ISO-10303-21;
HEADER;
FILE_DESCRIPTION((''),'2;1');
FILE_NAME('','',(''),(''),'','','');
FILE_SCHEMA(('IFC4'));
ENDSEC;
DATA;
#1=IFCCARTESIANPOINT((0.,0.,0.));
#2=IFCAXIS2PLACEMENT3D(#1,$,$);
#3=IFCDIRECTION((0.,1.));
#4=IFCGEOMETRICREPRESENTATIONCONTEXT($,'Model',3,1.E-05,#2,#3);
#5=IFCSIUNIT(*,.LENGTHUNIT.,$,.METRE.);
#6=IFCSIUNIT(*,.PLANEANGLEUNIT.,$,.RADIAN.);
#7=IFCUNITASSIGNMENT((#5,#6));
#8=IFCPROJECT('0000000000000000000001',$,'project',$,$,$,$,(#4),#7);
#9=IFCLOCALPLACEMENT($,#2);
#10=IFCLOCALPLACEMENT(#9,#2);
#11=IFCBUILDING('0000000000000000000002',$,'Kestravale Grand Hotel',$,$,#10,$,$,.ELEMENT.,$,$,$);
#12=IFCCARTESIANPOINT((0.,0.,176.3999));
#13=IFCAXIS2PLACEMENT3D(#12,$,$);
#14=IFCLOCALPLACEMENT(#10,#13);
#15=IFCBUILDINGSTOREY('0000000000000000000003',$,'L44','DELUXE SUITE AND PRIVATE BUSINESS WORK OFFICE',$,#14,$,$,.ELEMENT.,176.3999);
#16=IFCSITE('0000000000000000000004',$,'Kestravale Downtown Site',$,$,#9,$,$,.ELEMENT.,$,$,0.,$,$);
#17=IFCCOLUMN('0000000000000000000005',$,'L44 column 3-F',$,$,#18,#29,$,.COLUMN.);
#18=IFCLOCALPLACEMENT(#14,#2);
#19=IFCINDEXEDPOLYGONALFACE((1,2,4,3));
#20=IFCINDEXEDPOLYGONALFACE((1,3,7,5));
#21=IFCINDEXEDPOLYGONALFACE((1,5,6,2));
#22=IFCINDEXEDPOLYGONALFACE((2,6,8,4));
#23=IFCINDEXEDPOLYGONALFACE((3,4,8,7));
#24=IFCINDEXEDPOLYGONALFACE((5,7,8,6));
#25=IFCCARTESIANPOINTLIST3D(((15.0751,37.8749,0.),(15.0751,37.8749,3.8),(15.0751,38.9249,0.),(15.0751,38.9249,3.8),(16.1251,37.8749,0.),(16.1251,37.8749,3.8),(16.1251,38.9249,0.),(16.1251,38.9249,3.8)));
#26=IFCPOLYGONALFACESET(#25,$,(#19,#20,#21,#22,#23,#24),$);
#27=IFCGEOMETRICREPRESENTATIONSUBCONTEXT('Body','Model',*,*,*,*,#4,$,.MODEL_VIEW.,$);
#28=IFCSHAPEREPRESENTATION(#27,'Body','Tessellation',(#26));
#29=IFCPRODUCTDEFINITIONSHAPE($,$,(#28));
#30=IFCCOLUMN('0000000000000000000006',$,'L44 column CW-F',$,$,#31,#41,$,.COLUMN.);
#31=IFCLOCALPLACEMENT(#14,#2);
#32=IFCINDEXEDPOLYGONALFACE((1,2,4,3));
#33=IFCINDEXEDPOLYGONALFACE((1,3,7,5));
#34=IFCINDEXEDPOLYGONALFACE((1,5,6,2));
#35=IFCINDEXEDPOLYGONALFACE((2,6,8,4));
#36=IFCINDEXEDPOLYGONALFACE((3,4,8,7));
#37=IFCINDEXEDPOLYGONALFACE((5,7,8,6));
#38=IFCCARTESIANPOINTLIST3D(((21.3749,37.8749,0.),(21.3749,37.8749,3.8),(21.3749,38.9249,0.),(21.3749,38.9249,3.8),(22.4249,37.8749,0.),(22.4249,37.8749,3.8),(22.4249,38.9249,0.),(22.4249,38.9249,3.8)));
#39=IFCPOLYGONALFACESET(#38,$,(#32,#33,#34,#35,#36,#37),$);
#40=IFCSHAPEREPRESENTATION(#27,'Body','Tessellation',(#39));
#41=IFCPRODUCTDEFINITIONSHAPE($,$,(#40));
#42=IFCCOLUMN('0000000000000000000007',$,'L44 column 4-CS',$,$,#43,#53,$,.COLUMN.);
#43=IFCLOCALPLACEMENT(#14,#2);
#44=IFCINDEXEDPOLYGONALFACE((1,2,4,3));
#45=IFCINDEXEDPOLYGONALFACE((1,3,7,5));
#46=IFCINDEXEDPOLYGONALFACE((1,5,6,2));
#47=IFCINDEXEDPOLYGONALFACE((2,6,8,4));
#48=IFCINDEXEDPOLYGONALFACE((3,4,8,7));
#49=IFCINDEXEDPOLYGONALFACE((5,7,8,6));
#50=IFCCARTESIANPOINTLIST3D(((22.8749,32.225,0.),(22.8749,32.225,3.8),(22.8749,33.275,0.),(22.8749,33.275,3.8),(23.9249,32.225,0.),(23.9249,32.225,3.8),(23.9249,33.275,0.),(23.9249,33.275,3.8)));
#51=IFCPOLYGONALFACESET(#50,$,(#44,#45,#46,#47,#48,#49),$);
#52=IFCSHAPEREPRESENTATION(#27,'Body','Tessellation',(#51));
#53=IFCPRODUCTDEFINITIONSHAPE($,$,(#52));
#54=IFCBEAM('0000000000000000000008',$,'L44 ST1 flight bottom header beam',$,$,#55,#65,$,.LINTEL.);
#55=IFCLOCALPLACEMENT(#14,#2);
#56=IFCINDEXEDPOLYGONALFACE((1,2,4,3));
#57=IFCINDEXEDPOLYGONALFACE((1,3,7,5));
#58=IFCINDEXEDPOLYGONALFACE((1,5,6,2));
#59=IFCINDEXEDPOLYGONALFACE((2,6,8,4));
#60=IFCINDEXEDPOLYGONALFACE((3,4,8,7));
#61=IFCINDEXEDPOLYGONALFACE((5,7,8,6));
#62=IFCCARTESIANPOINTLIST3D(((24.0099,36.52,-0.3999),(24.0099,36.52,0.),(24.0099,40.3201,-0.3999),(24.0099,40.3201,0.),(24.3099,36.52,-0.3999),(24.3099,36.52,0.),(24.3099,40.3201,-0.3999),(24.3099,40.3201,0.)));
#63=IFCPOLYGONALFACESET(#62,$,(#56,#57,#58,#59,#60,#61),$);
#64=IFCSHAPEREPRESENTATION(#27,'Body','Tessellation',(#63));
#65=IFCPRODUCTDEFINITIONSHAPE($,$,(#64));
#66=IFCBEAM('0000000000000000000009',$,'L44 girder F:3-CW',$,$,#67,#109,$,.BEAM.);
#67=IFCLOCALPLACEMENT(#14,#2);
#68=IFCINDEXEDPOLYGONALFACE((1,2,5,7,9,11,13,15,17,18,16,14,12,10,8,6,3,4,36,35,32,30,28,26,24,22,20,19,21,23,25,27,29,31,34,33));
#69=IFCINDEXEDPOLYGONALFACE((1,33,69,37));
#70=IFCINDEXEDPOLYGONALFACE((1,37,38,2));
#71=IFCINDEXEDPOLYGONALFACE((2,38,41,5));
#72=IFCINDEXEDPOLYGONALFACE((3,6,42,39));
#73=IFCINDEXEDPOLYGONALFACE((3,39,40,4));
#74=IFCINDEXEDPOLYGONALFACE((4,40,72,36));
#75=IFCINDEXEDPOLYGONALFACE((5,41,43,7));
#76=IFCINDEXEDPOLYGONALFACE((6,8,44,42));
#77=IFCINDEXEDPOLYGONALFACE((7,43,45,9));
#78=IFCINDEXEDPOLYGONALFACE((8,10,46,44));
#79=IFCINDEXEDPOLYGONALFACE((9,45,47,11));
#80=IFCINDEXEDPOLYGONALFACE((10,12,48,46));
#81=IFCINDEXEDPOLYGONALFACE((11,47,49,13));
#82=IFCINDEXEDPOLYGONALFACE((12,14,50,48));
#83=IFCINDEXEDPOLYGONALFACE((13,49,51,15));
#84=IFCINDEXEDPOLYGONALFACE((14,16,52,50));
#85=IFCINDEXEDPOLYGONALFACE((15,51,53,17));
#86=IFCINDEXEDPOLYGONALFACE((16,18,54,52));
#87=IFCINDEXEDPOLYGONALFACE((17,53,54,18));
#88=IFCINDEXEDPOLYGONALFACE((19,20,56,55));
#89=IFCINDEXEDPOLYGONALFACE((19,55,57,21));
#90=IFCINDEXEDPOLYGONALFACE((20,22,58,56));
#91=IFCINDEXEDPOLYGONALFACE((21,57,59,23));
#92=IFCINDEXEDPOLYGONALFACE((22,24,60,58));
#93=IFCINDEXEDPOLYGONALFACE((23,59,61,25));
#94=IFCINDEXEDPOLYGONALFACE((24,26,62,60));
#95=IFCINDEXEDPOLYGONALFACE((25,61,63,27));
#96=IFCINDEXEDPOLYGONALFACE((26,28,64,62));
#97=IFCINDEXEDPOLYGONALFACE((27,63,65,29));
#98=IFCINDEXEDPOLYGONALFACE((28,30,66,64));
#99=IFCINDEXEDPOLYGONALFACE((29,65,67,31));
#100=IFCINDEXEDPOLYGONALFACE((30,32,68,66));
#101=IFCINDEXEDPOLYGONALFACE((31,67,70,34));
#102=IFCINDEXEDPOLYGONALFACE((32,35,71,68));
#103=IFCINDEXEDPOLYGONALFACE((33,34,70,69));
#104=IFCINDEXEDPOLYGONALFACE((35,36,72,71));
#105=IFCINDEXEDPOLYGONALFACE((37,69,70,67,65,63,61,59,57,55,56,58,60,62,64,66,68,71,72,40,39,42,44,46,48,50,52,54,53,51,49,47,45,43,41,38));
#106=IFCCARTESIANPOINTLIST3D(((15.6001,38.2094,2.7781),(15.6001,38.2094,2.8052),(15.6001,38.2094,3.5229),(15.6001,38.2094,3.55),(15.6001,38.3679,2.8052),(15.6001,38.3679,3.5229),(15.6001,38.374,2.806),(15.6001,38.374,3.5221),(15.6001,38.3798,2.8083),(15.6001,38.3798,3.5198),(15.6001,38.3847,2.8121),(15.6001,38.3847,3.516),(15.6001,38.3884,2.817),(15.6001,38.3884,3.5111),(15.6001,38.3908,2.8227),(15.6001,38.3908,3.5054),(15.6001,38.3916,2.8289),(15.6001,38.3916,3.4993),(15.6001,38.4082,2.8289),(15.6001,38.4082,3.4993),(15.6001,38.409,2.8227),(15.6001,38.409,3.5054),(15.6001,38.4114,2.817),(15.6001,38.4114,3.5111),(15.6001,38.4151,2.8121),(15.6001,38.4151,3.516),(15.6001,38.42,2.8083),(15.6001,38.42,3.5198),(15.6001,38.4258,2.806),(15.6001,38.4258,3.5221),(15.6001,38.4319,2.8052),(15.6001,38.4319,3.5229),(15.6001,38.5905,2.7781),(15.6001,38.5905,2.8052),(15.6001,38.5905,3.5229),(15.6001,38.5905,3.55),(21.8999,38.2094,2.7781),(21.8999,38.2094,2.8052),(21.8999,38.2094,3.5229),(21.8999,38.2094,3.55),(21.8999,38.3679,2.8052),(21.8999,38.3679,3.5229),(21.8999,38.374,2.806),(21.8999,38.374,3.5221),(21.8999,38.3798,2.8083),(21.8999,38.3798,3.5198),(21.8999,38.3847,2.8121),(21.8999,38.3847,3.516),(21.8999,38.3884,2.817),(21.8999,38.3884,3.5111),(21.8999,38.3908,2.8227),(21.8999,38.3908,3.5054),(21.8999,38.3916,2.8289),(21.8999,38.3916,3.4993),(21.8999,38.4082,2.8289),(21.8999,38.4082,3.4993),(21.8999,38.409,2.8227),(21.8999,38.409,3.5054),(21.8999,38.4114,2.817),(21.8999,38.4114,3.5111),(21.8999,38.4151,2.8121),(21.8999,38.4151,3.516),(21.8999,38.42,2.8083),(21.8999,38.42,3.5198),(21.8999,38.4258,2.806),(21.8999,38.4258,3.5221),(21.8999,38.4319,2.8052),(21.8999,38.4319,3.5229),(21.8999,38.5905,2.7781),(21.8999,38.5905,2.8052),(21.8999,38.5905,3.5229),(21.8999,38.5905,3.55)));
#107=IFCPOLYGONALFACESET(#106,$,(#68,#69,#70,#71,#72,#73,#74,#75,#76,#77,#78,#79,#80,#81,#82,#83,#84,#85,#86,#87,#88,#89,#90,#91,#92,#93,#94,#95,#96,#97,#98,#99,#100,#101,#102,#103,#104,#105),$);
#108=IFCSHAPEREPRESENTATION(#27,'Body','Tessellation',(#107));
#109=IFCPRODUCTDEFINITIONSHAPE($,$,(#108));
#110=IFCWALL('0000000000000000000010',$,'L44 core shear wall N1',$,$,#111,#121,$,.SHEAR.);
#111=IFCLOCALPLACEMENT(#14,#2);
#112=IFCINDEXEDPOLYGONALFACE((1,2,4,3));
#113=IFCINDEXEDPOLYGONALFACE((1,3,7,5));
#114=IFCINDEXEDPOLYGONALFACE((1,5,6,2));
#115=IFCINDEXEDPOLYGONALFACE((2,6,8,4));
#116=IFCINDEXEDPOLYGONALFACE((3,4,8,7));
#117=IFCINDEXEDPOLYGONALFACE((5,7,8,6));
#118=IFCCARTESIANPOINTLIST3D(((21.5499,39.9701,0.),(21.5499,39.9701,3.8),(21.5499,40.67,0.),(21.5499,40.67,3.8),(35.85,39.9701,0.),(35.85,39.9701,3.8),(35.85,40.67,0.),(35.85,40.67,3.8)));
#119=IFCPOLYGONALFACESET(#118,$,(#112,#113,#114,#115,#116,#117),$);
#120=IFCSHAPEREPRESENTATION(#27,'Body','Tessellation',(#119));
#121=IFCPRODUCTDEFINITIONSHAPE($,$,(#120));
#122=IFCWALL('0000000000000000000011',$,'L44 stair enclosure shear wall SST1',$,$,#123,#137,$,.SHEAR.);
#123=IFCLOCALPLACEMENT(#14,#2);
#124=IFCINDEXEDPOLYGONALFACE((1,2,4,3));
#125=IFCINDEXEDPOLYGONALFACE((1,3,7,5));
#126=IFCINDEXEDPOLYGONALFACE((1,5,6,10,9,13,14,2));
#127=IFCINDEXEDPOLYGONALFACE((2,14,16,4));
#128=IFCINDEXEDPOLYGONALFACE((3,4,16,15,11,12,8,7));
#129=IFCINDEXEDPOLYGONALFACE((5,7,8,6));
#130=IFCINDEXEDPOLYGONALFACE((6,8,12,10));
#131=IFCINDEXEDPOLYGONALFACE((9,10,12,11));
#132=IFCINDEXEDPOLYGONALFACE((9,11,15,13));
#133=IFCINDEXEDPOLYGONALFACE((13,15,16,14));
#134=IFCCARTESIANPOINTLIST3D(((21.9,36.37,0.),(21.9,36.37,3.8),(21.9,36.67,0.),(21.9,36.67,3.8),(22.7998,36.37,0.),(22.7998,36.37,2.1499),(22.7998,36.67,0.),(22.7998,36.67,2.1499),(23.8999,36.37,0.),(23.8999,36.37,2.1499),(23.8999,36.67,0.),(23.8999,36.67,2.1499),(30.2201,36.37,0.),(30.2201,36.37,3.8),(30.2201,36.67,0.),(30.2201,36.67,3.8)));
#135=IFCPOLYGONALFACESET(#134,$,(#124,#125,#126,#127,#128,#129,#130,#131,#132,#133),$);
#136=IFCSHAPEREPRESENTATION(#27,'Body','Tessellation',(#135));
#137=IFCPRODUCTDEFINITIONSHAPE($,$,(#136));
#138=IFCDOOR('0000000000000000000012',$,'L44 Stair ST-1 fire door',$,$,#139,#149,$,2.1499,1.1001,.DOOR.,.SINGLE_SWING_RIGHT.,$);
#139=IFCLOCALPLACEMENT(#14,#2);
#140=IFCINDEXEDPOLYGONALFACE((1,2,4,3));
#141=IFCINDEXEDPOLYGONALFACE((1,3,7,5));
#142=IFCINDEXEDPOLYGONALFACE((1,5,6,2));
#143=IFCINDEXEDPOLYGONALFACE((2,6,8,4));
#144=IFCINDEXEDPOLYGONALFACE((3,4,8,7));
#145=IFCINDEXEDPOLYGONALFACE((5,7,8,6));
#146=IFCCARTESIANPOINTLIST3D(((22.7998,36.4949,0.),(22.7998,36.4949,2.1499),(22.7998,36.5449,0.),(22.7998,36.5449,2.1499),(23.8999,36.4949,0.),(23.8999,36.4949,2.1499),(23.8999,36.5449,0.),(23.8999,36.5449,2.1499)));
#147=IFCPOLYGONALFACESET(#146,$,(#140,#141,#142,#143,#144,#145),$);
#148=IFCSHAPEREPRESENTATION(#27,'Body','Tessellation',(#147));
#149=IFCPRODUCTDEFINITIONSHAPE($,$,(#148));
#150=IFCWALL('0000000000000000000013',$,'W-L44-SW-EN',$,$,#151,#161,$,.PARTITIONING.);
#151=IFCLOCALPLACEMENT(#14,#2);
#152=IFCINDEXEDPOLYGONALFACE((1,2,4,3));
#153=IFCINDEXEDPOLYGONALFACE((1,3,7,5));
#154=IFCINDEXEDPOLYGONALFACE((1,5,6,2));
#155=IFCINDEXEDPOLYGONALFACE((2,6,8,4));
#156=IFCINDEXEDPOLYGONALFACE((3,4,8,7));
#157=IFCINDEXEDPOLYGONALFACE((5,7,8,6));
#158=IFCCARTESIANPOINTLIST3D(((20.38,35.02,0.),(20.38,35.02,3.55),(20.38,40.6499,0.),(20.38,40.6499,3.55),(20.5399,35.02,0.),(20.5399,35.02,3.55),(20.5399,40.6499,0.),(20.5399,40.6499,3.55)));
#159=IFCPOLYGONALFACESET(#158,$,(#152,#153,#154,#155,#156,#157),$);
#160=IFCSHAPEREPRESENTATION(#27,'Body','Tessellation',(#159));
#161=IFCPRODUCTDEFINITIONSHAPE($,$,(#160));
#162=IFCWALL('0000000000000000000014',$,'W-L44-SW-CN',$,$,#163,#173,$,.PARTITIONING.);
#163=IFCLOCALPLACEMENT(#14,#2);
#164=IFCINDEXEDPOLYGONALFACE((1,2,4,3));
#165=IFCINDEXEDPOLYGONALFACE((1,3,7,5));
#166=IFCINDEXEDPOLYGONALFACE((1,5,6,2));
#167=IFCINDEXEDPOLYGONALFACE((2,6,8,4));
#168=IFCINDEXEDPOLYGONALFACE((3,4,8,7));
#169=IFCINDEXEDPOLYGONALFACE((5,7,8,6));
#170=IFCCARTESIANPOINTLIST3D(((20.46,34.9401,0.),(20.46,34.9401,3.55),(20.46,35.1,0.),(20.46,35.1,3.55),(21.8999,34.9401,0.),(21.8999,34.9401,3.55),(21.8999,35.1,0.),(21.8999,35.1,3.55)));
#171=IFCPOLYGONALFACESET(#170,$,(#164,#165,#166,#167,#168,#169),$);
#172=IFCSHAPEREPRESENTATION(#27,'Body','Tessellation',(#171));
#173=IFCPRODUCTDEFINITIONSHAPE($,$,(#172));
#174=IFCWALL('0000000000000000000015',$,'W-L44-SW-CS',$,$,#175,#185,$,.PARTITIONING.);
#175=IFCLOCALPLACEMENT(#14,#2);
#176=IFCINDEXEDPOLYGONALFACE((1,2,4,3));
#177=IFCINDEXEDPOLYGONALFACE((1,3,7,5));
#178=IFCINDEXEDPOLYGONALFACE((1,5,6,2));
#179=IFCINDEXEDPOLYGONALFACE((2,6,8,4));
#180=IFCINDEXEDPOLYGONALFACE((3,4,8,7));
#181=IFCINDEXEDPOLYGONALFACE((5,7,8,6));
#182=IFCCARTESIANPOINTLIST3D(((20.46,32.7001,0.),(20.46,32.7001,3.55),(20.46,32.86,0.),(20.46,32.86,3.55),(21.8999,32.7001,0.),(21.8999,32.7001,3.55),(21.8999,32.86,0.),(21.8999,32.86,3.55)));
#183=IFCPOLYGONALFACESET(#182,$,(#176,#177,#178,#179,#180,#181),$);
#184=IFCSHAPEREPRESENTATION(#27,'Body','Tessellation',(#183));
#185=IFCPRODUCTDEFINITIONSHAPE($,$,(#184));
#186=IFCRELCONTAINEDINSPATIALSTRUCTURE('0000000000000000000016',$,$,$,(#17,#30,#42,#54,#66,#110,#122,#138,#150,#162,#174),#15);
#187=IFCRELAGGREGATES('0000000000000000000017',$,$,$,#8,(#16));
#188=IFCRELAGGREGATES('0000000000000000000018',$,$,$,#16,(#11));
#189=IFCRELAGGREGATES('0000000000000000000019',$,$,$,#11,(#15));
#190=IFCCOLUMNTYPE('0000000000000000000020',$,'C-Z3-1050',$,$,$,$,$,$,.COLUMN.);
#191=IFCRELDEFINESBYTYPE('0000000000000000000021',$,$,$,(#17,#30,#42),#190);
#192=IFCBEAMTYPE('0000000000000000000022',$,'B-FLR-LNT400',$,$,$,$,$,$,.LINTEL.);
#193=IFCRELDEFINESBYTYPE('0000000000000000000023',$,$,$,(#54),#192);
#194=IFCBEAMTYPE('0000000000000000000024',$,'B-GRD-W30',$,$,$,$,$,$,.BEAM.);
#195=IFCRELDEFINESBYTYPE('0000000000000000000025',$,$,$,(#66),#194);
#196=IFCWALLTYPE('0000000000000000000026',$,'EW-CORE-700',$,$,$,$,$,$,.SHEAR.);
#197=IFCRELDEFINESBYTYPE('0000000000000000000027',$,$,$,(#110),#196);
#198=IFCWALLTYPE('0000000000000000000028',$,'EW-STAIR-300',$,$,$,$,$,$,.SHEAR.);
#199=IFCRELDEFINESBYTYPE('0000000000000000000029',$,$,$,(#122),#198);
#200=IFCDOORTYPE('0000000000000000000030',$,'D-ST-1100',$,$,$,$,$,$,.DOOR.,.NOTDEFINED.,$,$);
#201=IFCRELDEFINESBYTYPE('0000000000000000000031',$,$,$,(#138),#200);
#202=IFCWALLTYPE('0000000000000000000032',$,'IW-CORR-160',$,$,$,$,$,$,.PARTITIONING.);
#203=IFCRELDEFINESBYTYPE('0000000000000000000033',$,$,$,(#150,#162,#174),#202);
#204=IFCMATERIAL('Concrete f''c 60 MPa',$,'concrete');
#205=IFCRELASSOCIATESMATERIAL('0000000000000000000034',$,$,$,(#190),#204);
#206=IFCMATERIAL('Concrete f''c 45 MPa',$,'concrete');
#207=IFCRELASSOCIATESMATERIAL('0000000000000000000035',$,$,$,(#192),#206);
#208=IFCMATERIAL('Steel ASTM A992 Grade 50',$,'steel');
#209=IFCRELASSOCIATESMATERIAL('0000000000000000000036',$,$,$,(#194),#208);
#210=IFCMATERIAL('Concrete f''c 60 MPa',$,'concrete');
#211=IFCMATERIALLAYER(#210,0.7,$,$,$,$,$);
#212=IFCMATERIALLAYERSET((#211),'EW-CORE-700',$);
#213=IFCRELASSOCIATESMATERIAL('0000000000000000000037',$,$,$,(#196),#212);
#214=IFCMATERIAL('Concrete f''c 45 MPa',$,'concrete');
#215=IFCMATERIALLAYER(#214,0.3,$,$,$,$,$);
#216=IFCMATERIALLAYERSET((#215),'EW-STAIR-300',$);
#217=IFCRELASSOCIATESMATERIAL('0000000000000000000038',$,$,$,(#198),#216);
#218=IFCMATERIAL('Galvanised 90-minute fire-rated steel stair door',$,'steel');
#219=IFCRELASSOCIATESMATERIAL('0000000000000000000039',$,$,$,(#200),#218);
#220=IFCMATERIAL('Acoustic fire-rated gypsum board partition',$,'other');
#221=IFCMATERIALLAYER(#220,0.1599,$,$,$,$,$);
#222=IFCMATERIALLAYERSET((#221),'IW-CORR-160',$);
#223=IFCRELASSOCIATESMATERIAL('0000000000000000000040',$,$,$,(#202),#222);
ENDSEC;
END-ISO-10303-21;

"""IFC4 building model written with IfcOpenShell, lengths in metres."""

from ifc_helpers import new_model, si_unit, direction, frame, frame_2d, origin, origin_2d, place, context, subcontext, project, spatial, rectangle, i_section, extrude, material, layer, layer_set, material_profile, profile_set, type_object, element, fill, save


model = new_model("IFC4")

# Units and contexts
model_context = context("Model", 3, precision=1e-05, world=origin(), true_north=direction((0.0, 1.0)))
body_context = subcontext(model_context, "Body", "Model", "MODEL_VIEW")
ifc_project = project(units=[si_unit("LENGTHUNIT", "METRE"), si_unit("PLANEANGLEUNIT", "RADIAN")], contexts=[model_context])

# Site, building, storey
site_placement = place(None, origin())
site = spatial("IfcSite", under=ifc_project, at=site_placement, Name="Kestravale Downtown Site", CompositionType="ELEMENT", RefElevation=0.0)
building_placement = place(site_placement, origin())
building = spatial("IfcBuilding", under=site, at=building_placement, Name="Kestravale Grand Hotel", CompositionType="ELEMENT")
storey_placement = place(building_placement, frame((0.0, 0.0, 176.3999)))
storey = spatial("IfcBuildingStorey", under=building, at=storey_placement, Name="L44", Description="DELUXE SUITE AND PRIVATE BUSINESS WORK OFFICE", CompositionType="ELEMENT", Elevation=176.3999)

# Columns
ifc_material_1 = material(Name="Concrete f'c 60 MPa", Category="concrete")
ifc_material_profile_1 = material_profile(ifc_material_1, rectangle(XDim=1.05, YDim=1.05, at=origin_2d()))
ifc_profile_set_1 = profile_set([ifc_material_profile_1], Name="Concrete f'c 60 MPa")
column_type = type_object("IfcColumnType", Name="C-Z3-1050", PredefinedType="COLUMN", material=ifc_profile_set_1)
for number, where, z_axis, x_axis, name in (
    (1, (15.6001, 38.3999, 0.0), (0.0, 0.0, 1.0), (1.0, 0.0, 0.0), "L44 column 3-F"),
    (2, (21.8999, 38.3999, 0.0), (0.0, 0.0, 1.0), (1.0, 0.0, 0.0), "L44 column CW-F"),
    (3, (23.3999, 32.75, 0.0), (0.0, 0.0, 1.0), (1.0, 0.0, 0.0), "L44 column 4-CS"),
):
    element("IfcColumn", number, at=place(storey_placement, frame(where, z_axis=z_axis, x_axis=x_axis)), inside=storey, type_object=column_type, Name=name, PredefinedType="COLUMN", context=body_context, shape_type="SweptSolid", body=[
        extrude(rectangle(XDim=1.05, YDim=1.05, at=origin_2d()), origin(), (0.0, 0.0, 1.0), 3.8),
    ])

# Beams
ifc_material_2 = material(Name="Concrete f'c 45 MPa", Category="concrete")
ifc_material_profile_2 = material_profile(ifc_material_2, rectangle(XDim=0.3, YDim=0.3999, at=origin_2d()))
ifc_profile_set_2 = profile_set([ifc_material_profile_2], Name="Concrete f'c 45 MPa")
beam_type_1 = type_object("IfcBeamType", Name="B-FLR-LNT400", PredefinedType="LINTEL", material=ifc_profile_set_2)
beam_1_placement = place(storey_placement, frame((24.1599, 36.52, -0.2), z_axis=(0.0, 1.0, 0.0), x_axis=(-1.0, 0.0, 0.0)))
element("IfcBeam", 4, at=beam_1_placement, inside=storey, type_object=beam_type_1, Name="L44 ST1 flight bottom header beam", PredefinedType="LINTEL", context=body_context, shape_type="SweptSolid", body=[
    extrude(rectangle(XDim=0.3, YDim=0.3999, at=origin_2d()), origin(), (0.0, 0.0, 1.0), 3.8),
])
ifc_material_3 = material(Name="Steel ASTM A992 Grade 50", Category="steel")
ifc_material_profile_3 = material_profile(ifc_material_3, i_section(OverallWidth=0.3811, OverallDepth=0.772, WebThickness=0.0166, FlangeThickness=0.0271, FilletRadius=0.0237, at=origin_2d()))
ifc_profile_set_3 = profile_set([ifc_material_profile_3], Name="Steel ASTM A992 Grade 50")
beam_type_2 = type_object("IfcBeamType", Name="B-GRD-W30", PredefinedType="BEAM", material=ifc_profile_set_3)
beam_2_placement = place(storey_placement, frame((15.6001, 38.3999, 3.1641), z_axis=(1.0, 0.0, 0.0), x_axis=(0.0, 1.0, 0.0)))
element("IfcBeam", 5, at=beam_2_placement, inside=storey, type_object=beam_type_2, Name="L44 girder F:3-CW", PredefinedType="BEAM", context=body_context, shape_type="SweptSolid", body=[
    extrude(i_section(OverallWidth=0.3811, OverallDepth=0.772, WebThickness=0.0166, FlangeThickness=0.0271, FilletRadius=0.0237, at=origin_2d()), origin(), (0.0, 0.0, 1.0), 6.2998),
])

# Wall
ifc_material_4 = material(Name="Concrete f'c 60 MPa", Category="concrete")
ifc_layer_1 = layer(ifc_material_4, 0.7)
ifc_layer_set_1 = layer_set([ifc_layer_1], Name="EW-CORE-700")
wall_type_1 = type_object("IfcWallType", Name="EW-CORE-700", PredefinedType="SHEAR", material=ifc_layer_set_1)
wall_1_placement = place(storey_placement, frame((21.55, 40.3201, 0.0), z_axis=(0.0, 0.0, 1.0), x_axis=(1.0, 0.0, 0.0)))
element("IfcWall", 6, at=wall_1_placement, inside=storey, type_object=wall_type_1, Name="L44 core shear wall N1", PredefinedType="SHEAR", context=body_context, shape_type="SweptSolid", body=[
    extrude(rectangle(XDim=14.3, YDim=0.7, at=frame_2d((7.1499, 0.0))), origin(), (0.0, 0.0, 1.0), 3.8),
])

# Wall, opening, door
ifc_material_5 = material(Name="Concrete f'c 45 MPa", Category="concrete")
ifc_layer_2 = layer(ifc_material_5, 0.3)
ifc_layer_set_2 = layer_set([ifc_layer_2], Name="EW-STAIR-300")
wall_type_2 = type_object("IfcWallType", Name="EW-STAIR-300", PredefinedType="SHEAR", material=ifc_layer_set_2)
wall_2_placement = place(storey_placement, frame((21.8999, 36.52, 0.0), z_axis=(0.0, 0.0, 1.0), x_axis=(1.0, 0.0, 0.0)))
wall_2 = element("IfcWall", 7, at=wall_2_placement, inside=storey, type_object=wall_type_2, Name="L44 stair enclosure shear wall SST1", PredefinedType="SHEAR", context=body_context, shape_type="SweptSolid", body=[
    extrude(rectangle(XDim=8.3201, YDim=0.3, at=frame_2d((4.1602, 0.0))), origin(), (0.0, 0.0, 1.0), 3.8),
])
opening_1_placement = place(wall_2_placement, frame((0.8999, 0.0, 0.0)))
opening_1 = element("IfcOpeningElement", 8, at=opening_1_placement, cuts=wall_2, PredefinedType="OPENING", context=body_context, shape_type="SweptSolid", body=[
    extrude(rectangle(XDim=1.1001, YDim=2.1499, at=frame_2d((0.55, 1.075))), frame((0.0, 0.1599, 0.0), z_axis=(0.0, -1.0, 0.0), x_axis=(1.0, 0.0, 0.0)), (0.0, 0.0, 1.0), 0.3201),
])
ifc_material_6 = material(Name="Galvanised 90-minute fire-rated steel stair door", Category="steel")
door_type_1 = type_object("IfcDoorType", Name="D-ST-1100", OperationType="NOTDEFINED", PredefinedType="DOOR", material=ifc_material_6)
door_1_placement = place(opening_1_placement, origin())
door_1 = element("IfcDoor", 9, at=door_1_placement, inside=storey, type_object=door_type_1, Name="L44 Stair ST-1 fire door", OperationType="SINGLE_SWING_RIGHT", OverallHeight=2.1499, OverallWidth=1.1001, PredefinedType="DOOR", context=body_context, shape_type="SweptSolid", body=[
    extrude(rectangle(XDim=1.1001, YDim=2.1499, at=frame_2d((0.55, 1.075))), frame((0.0, 0.0249, 0.0), z_axis=(0.0, -1.0, 0.0), x_axis=(1.0, 0.0, 0.0)), (0.0, 0.0, 1.0), 0.05),
])
fill(opening_1, door_1)

# Walls
ifc_material_7 = material(Name="Acoustic fire-rated gypsum board partition", Category="other")
ifc_layer_3 = layer(ifc_material_7, 0.1599)
ifc_layer_set_3 = layer_set([ifc_layer_3], Name="IW-CORR-160")
wall_type_3 = type_object("IfcWallType", Name="IW-CORR-160", PredefinedType="PARTITIONING", material=ifc_layer_set_3)
wall_3_placement = place(storey_placement, frame((20.46, 35.02, 0.0), z_axis=(0.0, 0.0, 1.0), x_axis=(0.0, 1.0, 0.0)))
element("IfcWall", 10, at=wall_3_placement, inside=storey, type_object=wall_type_3, Name="W-L44-SW-EN", PredefinedType="PARTITIONING", context=body_context, shape_type="SweptSolid", body=[
    extrude(rectangle(XDim=5.6299, YDim=0.1599, at=frame_2d((2.8149, 0.0))), origin(), (0.0, 0.0, 1.0), 3.55),
])
for number, where, z_axis, x_axis, name in (
    (11, (20.46, 35.02, 0.0), (0.0, 0.0, 1.0), (1.0, 0.0, 0.0), "W-L44-SW-CN"),
    (12, (20.46, 32.78, 0.0), (0.0, 0.0, 1.0), (1.0, 0.0, 0.0), "W-L44-SW-CS"),
):
    element("IfcWall", number, at=place(storey_placement, frame(where, z_axis=z_axis, x_axis=x_axis)), inside=storey, type_object=wall_type_3, Name=name, PredefinedType="PARTITIONING", context=body_context, shape_type="SweptSolid", body=[
        extrude(rectangle(XDim=1.4399, YDim=0.1599, at=frame_2d((0.72, 0.0))), origin(), (0.0, 0.0, 1.0), 3.55),
    ])

save(model, "model.ifc")
